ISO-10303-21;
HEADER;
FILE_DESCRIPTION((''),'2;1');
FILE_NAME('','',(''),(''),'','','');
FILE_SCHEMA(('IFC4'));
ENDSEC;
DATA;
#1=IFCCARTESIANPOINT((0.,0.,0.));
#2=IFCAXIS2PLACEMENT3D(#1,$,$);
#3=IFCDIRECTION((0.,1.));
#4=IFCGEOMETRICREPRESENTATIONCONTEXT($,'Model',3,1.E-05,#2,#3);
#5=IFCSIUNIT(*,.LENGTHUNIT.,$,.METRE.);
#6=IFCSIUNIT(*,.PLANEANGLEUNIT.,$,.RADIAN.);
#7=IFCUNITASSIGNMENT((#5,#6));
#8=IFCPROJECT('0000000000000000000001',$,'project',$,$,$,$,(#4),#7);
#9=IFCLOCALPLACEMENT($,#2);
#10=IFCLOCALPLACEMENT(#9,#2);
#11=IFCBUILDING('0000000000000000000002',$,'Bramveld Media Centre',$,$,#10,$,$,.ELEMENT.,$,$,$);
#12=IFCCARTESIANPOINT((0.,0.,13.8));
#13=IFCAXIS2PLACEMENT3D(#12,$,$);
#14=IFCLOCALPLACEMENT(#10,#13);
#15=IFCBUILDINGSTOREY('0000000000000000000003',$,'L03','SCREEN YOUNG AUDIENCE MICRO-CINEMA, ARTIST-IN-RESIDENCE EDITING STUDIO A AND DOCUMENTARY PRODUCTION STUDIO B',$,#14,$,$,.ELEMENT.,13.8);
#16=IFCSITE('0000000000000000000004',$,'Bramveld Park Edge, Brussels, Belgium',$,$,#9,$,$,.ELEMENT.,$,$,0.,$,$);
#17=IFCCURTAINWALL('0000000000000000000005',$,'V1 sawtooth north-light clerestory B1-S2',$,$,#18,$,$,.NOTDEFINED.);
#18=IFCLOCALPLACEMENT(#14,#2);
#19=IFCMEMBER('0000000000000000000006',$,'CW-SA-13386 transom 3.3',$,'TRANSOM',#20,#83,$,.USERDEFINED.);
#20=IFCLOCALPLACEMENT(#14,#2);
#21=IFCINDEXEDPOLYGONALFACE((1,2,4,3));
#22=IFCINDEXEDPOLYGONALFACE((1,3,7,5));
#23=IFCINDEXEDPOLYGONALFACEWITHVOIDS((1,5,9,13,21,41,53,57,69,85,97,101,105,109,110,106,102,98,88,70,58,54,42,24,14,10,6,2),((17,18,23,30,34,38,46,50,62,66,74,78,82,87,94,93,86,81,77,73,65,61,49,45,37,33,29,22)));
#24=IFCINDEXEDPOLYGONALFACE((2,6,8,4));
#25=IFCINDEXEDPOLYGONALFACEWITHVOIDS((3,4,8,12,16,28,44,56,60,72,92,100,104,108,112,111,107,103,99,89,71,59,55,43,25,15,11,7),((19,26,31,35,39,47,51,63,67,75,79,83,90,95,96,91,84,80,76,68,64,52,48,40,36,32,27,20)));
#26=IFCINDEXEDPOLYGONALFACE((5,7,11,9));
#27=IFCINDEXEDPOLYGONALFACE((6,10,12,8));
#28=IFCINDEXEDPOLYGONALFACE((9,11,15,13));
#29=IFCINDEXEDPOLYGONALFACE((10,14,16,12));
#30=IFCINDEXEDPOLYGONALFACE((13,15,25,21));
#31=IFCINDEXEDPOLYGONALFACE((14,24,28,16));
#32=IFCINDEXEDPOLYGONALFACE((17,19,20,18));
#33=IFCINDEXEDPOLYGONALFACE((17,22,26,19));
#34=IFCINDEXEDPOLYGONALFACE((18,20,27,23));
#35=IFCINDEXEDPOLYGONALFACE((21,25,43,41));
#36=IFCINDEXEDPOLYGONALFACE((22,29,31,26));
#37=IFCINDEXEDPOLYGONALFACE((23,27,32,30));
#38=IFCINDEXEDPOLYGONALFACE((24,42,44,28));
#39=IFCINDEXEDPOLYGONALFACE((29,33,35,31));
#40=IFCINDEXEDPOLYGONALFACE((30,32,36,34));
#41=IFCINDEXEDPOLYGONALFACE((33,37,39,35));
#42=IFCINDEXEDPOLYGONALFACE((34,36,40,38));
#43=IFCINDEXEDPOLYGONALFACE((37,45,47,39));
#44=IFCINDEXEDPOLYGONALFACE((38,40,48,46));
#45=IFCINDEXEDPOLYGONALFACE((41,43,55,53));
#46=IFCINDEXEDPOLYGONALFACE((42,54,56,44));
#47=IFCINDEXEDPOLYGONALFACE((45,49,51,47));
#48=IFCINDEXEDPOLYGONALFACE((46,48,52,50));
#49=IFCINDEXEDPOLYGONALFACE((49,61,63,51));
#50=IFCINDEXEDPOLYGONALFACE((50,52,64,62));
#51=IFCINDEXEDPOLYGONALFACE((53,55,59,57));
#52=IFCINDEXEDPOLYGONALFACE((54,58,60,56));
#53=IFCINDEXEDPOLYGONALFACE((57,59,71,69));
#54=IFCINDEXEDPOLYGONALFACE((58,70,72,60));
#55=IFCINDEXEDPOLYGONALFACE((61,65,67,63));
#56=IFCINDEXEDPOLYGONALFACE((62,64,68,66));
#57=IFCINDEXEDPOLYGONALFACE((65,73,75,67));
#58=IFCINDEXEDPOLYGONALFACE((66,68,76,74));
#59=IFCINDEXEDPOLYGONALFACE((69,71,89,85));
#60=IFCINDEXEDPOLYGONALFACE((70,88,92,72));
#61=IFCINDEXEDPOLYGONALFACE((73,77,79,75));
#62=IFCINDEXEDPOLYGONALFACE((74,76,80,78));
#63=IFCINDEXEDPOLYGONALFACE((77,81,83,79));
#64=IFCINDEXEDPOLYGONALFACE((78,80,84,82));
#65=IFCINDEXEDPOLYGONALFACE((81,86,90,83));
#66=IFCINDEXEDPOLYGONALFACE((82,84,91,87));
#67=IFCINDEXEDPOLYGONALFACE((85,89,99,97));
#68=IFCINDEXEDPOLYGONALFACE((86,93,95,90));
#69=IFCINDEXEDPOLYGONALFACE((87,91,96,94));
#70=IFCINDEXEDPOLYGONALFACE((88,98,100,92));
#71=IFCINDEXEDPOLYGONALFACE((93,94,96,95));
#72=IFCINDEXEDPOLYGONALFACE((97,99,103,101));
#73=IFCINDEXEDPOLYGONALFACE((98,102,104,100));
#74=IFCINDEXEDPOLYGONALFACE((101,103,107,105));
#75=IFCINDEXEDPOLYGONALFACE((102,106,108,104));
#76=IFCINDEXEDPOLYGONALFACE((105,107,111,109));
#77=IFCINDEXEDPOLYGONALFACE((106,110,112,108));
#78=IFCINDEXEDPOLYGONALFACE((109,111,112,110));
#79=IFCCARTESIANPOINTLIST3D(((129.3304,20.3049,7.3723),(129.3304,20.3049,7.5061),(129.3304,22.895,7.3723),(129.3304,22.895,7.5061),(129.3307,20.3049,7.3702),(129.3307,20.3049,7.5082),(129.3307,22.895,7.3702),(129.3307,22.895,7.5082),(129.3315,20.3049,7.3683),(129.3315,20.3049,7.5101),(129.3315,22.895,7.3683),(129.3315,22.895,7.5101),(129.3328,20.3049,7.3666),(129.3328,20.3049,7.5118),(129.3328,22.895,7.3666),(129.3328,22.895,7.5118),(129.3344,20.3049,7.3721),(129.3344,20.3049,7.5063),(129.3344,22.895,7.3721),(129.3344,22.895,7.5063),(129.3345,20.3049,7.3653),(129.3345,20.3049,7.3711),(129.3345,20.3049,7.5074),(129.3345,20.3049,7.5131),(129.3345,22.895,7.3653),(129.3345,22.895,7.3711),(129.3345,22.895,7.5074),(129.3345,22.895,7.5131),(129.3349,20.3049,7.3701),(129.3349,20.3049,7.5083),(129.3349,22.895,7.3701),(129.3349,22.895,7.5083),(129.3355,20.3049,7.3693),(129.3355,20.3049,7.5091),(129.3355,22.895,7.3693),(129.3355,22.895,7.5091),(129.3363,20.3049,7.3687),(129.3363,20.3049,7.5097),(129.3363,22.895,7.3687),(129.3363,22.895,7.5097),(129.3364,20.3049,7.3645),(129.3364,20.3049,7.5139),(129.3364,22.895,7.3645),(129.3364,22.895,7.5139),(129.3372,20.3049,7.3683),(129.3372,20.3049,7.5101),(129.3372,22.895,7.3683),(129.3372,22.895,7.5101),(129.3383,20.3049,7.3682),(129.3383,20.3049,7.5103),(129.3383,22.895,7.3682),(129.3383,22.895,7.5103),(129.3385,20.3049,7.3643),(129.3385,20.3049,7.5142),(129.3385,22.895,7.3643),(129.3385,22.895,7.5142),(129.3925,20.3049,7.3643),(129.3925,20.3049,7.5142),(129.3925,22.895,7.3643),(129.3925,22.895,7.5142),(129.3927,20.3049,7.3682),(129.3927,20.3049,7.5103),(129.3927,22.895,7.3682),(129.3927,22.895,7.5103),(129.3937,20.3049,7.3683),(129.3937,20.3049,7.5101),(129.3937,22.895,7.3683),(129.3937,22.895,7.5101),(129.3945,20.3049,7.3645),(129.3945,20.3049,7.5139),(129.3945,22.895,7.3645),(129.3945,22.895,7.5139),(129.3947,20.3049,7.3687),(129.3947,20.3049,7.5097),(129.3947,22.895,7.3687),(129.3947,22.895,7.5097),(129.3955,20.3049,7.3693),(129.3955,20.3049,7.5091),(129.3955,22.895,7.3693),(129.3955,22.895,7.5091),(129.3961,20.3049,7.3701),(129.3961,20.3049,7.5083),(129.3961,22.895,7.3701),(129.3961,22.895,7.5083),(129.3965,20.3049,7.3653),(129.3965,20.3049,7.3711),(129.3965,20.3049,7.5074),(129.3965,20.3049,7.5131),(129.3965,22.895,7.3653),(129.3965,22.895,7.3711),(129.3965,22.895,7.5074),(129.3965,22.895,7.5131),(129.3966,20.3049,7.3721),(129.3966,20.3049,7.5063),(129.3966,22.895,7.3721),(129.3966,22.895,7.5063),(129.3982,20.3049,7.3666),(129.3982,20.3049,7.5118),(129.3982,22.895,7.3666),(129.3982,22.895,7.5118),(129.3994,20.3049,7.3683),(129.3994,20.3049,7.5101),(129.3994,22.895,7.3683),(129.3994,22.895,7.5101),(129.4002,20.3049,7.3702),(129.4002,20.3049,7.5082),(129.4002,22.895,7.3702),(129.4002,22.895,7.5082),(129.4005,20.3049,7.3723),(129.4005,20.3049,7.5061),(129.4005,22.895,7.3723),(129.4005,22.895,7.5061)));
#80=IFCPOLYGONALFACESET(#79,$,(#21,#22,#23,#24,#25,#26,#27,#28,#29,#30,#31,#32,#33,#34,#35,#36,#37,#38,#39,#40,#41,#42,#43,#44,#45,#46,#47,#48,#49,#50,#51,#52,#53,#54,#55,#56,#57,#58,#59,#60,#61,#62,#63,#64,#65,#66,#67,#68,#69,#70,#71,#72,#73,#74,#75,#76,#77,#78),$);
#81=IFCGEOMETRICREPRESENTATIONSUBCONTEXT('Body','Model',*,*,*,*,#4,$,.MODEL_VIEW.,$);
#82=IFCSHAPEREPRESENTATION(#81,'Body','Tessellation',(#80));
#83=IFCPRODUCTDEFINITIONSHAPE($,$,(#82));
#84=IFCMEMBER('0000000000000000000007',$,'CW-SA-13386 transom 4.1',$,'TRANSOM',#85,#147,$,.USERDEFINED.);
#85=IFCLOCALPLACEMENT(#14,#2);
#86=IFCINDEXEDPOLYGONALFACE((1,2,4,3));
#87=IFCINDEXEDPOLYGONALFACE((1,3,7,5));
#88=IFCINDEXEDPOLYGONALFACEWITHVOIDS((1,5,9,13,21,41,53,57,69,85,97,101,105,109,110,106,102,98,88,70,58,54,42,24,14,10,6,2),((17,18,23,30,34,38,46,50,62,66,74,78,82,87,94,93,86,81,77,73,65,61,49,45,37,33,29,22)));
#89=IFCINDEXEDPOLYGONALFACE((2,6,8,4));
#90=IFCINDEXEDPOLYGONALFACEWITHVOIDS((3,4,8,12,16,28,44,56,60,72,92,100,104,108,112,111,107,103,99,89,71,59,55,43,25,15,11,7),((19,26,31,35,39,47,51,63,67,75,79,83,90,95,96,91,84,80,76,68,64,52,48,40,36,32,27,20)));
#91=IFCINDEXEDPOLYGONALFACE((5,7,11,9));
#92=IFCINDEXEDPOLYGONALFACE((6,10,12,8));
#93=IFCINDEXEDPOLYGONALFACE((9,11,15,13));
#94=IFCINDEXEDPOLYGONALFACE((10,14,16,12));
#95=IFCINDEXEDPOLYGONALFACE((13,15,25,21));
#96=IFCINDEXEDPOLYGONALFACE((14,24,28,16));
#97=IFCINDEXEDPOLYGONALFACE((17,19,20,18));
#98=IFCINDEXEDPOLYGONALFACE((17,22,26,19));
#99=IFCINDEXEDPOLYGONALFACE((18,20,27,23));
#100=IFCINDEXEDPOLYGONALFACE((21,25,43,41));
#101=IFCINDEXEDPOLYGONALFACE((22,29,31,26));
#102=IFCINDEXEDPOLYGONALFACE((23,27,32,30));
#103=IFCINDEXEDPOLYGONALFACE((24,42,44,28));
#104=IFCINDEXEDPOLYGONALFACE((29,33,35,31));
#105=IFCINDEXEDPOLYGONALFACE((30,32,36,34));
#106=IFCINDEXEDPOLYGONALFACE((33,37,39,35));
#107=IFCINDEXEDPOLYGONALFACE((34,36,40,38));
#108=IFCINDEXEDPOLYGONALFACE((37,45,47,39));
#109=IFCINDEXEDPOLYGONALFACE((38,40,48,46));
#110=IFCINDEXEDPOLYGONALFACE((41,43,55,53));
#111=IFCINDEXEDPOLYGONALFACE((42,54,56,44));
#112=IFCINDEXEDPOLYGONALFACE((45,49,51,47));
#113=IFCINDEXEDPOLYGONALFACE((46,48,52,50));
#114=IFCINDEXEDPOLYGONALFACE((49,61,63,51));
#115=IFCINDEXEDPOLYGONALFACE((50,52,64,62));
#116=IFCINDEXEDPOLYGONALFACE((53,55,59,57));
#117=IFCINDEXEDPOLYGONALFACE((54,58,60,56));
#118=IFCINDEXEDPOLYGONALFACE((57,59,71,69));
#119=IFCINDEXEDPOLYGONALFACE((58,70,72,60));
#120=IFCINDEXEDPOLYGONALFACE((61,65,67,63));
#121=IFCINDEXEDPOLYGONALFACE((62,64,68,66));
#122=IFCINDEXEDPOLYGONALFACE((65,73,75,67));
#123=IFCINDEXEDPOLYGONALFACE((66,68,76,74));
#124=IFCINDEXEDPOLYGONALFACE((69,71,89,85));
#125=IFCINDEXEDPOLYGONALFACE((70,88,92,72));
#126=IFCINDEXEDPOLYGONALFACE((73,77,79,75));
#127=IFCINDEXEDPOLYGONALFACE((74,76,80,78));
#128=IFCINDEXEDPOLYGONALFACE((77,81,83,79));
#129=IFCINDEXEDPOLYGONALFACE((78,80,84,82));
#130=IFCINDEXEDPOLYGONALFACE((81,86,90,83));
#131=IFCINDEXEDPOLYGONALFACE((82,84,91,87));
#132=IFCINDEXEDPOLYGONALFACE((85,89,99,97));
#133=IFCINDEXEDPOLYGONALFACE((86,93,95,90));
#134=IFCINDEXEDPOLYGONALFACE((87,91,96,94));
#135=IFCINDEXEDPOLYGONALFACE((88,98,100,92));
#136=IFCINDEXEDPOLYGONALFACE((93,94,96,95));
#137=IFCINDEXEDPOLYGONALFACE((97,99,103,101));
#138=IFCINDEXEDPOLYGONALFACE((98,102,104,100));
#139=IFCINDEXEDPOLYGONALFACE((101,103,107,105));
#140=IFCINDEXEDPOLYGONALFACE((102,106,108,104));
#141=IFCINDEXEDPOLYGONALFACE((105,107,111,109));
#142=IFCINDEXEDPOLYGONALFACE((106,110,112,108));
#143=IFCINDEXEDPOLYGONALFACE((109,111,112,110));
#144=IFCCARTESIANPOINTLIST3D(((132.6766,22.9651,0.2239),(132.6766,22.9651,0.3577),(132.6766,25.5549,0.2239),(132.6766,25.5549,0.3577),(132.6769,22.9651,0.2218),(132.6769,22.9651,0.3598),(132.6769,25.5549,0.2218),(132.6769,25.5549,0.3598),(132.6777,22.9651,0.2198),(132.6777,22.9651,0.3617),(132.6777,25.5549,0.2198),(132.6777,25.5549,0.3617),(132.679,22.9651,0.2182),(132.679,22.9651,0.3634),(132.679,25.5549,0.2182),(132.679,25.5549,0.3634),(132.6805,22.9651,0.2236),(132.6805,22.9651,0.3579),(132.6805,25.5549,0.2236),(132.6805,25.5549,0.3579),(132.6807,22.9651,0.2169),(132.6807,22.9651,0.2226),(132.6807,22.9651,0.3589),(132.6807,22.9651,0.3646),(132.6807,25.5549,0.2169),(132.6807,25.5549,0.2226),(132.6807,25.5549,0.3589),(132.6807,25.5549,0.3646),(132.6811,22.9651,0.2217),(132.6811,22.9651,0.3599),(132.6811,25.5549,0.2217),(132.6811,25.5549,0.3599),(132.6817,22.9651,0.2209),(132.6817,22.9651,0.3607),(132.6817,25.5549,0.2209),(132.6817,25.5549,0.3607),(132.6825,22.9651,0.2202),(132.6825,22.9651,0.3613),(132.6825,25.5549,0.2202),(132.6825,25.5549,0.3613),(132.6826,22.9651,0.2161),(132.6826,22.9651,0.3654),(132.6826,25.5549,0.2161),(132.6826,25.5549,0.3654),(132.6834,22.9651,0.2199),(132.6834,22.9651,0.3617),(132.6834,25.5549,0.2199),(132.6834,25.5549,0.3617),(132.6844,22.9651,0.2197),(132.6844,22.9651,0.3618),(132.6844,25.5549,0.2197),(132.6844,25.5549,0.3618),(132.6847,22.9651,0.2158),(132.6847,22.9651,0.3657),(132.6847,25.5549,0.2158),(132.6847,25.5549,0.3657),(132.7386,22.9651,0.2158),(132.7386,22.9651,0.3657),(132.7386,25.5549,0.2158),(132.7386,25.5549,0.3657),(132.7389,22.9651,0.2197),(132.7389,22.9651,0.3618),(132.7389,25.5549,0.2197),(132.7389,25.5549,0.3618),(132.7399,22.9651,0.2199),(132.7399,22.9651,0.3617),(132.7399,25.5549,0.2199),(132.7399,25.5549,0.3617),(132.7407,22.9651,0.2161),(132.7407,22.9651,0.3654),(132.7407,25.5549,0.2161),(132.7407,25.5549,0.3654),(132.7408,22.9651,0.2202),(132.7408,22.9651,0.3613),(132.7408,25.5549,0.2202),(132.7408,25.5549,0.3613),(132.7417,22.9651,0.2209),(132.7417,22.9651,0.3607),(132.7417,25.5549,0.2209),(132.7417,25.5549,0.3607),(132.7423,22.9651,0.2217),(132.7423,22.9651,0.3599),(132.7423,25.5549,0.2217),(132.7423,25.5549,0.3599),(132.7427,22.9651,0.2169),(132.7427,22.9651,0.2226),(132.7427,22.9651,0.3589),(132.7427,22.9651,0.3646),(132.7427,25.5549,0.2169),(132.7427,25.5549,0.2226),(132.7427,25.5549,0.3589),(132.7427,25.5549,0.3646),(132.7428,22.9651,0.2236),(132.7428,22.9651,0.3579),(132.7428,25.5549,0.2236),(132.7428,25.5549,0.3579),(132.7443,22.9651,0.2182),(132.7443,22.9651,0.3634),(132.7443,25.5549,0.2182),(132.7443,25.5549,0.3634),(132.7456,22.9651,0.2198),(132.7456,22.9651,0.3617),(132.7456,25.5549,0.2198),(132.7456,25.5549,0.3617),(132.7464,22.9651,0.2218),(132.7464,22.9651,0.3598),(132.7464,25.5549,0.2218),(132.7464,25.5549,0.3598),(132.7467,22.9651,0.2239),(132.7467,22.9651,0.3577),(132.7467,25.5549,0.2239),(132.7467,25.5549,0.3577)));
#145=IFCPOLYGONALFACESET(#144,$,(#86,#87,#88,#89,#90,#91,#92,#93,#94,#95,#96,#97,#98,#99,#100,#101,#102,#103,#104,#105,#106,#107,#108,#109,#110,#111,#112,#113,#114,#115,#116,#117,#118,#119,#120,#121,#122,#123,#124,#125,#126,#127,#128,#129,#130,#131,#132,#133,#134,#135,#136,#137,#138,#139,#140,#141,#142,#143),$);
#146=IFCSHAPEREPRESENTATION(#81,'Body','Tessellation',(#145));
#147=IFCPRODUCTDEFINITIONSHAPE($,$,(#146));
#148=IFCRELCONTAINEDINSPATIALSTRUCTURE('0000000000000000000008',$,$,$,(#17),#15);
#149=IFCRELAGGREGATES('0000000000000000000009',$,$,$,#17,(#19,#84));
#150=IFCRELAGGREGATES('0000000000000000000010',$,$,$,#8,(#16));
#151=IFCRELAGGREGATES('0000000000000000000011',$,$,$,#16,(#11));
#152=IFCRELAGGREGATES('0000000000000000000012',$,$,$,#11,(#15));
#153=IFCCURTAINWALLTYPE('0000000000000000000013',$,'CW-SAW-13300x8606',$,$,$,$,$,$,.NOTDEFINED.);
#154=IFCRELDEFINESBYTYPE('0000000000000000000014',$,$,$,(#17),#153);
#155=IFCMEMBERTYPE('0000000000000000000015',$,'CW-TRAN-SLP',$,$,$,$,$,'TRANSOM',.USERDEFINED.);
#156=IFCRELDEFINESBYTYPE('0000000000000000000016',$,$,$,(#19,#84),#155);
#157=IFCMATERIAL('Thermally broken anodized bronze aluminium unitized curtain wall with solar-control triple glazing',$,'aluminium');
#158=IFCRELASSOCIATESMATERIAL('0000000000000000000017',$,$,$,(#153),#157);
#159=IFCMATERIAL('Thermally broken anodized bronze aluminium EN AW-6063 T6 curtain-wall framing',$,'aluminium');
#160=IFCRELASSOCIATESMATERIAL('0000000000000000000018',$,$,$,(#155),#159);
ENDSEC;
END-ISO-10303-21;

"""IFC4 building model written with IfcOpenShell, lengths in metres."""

from ifc_helpers import new_model, si_unit, direction, frame, origin, origin_2d, place, context, subcontext, project, spatial, hollow_rectangle, extrude, material, material_profile, profile_set, type_object, element, aggregate, save


model = new_model("IFC4")

# Units and contexts
model_context = context("Model", 3, precision=1e-05, world=origin(), true_north=direction((0.0, 1.0)))
body_context = subcontext(model_context, "Body", "Model", "MODEL_VIEW")
ifc_project = project(units=[si_unit("LENGTHUNIT", "METRE"), si_unit("PLANEANGLEUNIT", "RADIAN")], contexts=[model_context])

# Site, building, storey
site_placement = place(None, origin())
site = spatial("IfcSite", under=ifc_project, at=site_placement, Name="Bramveld Park Edge, Brussels, Belgium", CompositionType="ELEMENT", RefElevation=0.0)
building_placement = place(site_placement, origin())
building = spatial("IfcBuilding", under=site, at=building_placement, Name="Bramveld Media Centre", CompositionType="ELEMENT")
storey_placement = place(building_placement, frame((0.0, 0.0, 13.8)))
storey = spatial("IfcBuildingStorey", under=building, at=storey_placement, Name="L03", Description="SCREEN YOUNG AUDIENCE MICRO-CINEMA, ARTIST-IN-RESIDENCE EDITING STUDIO A AND DOCUMENTARY PRODUCTION STUDIO B", CompositionType="ELEMENT", Elevation=13.8)

# Shared definitions
ifc_material_1 = material(Name="Thermally broken anodized bronze aluminium unitized curtain wall with solar-control triple glazing", Category="aluminium")
curtain_wall_type = type_object("IfcCurtainWallType", Name="CW-SAW-13300x8606", PredefinedType="NOTDEFINED", material=ifc_material_1)
ifc_material_2 = material(Name="Thermally broken anodized bronze aluminium EN AW-6063 T6 curtain-wall framing", Category="aluminium")
ifc_material_profile = material_profile(ifc_material_2, hollow_rectangle(XDim=0.0701, YDim=0.1499, WallThickness=0.0039, InnerFilletRadius=0.0039, OuterFilletRadius=0.0081, at=origin_2d()), Name="AL-TRAN 70x150")
ifc_profile_set = profile_set([ifc_material_profile], Name="Thermally broken anodized bronze aluminium EN AW-6063 T6 curtain-wall framing")
member_type = type_object("IfcMemberType", Name="CW-TRAN-SLP", ElementType="TRANSOM", PredefinedType="USERDEFINED", material=ifc_profile_set)

# Curtain wall, members
curtain_wall_1_placement = place(storey_placement, origin())
curtain_wall_1 = element("IfcCurtainWall", 1, at=curtain_wall_1_placement, inside=storey, type_object=curtain_wall_type, Name="V1 sawtooth north-light clerestory B1-S2", PredefinedType="NOTDEFINED")
member_1_placement = place(storey_placement, frame((129.3655, 20.3049, 7.4392), z_axis=(0.0, 1.0, 0.0), x_axis=(-1.0, 0.0, 0.0)))
member_1 = element("IfcMember", 2, at=member_1_placement, type_object=member_type, Name="CW-SA-13386 transom 3.3", ObjectType="TRANSOM", PredefinedType="USERDEFINED", context=body_context, shape_type="SweptSolid", body=[
    extrude(hollow_rectangle(XDim=0.0701, YDim=0.1499, WallThickness=0.0039, InnerFilletRadius=0.0039, OuterFilletRadius=0.0081, at=origin_2d()), origin(), (0.0, 0.0, 1.0), 2.5901),
])
member_2_placement = place(storey_placement, frame((132.7117, 22.9651, 0.2908), z_axis=(0.0, 1.0, 0.0), x_axis=(-1.0, 0.0, 0.0)))
member_2 = element("IfcMember", 3, at=member_2_placement, type_object=member_type, Name="CW-SA-13386 transom 4.1", ObjectType="TRANSOM", PredefinedType="USERDEFINED", context=body_context, shape_type="SweptSolid", body=[
    extrude(hollow_rectangle(XDim=0.0701, YDim=0.1499, WallThickness=0.0039, InnerFilletRadius=0.0039, OuterFilletRadius=0.0081, at=origin_2d()), origin(), (0.0, 0.0, 1.0), 2.5898),
])

aggregate(curtain_wall_1, [member_1, member_2])

save(model, "model.ifc")
